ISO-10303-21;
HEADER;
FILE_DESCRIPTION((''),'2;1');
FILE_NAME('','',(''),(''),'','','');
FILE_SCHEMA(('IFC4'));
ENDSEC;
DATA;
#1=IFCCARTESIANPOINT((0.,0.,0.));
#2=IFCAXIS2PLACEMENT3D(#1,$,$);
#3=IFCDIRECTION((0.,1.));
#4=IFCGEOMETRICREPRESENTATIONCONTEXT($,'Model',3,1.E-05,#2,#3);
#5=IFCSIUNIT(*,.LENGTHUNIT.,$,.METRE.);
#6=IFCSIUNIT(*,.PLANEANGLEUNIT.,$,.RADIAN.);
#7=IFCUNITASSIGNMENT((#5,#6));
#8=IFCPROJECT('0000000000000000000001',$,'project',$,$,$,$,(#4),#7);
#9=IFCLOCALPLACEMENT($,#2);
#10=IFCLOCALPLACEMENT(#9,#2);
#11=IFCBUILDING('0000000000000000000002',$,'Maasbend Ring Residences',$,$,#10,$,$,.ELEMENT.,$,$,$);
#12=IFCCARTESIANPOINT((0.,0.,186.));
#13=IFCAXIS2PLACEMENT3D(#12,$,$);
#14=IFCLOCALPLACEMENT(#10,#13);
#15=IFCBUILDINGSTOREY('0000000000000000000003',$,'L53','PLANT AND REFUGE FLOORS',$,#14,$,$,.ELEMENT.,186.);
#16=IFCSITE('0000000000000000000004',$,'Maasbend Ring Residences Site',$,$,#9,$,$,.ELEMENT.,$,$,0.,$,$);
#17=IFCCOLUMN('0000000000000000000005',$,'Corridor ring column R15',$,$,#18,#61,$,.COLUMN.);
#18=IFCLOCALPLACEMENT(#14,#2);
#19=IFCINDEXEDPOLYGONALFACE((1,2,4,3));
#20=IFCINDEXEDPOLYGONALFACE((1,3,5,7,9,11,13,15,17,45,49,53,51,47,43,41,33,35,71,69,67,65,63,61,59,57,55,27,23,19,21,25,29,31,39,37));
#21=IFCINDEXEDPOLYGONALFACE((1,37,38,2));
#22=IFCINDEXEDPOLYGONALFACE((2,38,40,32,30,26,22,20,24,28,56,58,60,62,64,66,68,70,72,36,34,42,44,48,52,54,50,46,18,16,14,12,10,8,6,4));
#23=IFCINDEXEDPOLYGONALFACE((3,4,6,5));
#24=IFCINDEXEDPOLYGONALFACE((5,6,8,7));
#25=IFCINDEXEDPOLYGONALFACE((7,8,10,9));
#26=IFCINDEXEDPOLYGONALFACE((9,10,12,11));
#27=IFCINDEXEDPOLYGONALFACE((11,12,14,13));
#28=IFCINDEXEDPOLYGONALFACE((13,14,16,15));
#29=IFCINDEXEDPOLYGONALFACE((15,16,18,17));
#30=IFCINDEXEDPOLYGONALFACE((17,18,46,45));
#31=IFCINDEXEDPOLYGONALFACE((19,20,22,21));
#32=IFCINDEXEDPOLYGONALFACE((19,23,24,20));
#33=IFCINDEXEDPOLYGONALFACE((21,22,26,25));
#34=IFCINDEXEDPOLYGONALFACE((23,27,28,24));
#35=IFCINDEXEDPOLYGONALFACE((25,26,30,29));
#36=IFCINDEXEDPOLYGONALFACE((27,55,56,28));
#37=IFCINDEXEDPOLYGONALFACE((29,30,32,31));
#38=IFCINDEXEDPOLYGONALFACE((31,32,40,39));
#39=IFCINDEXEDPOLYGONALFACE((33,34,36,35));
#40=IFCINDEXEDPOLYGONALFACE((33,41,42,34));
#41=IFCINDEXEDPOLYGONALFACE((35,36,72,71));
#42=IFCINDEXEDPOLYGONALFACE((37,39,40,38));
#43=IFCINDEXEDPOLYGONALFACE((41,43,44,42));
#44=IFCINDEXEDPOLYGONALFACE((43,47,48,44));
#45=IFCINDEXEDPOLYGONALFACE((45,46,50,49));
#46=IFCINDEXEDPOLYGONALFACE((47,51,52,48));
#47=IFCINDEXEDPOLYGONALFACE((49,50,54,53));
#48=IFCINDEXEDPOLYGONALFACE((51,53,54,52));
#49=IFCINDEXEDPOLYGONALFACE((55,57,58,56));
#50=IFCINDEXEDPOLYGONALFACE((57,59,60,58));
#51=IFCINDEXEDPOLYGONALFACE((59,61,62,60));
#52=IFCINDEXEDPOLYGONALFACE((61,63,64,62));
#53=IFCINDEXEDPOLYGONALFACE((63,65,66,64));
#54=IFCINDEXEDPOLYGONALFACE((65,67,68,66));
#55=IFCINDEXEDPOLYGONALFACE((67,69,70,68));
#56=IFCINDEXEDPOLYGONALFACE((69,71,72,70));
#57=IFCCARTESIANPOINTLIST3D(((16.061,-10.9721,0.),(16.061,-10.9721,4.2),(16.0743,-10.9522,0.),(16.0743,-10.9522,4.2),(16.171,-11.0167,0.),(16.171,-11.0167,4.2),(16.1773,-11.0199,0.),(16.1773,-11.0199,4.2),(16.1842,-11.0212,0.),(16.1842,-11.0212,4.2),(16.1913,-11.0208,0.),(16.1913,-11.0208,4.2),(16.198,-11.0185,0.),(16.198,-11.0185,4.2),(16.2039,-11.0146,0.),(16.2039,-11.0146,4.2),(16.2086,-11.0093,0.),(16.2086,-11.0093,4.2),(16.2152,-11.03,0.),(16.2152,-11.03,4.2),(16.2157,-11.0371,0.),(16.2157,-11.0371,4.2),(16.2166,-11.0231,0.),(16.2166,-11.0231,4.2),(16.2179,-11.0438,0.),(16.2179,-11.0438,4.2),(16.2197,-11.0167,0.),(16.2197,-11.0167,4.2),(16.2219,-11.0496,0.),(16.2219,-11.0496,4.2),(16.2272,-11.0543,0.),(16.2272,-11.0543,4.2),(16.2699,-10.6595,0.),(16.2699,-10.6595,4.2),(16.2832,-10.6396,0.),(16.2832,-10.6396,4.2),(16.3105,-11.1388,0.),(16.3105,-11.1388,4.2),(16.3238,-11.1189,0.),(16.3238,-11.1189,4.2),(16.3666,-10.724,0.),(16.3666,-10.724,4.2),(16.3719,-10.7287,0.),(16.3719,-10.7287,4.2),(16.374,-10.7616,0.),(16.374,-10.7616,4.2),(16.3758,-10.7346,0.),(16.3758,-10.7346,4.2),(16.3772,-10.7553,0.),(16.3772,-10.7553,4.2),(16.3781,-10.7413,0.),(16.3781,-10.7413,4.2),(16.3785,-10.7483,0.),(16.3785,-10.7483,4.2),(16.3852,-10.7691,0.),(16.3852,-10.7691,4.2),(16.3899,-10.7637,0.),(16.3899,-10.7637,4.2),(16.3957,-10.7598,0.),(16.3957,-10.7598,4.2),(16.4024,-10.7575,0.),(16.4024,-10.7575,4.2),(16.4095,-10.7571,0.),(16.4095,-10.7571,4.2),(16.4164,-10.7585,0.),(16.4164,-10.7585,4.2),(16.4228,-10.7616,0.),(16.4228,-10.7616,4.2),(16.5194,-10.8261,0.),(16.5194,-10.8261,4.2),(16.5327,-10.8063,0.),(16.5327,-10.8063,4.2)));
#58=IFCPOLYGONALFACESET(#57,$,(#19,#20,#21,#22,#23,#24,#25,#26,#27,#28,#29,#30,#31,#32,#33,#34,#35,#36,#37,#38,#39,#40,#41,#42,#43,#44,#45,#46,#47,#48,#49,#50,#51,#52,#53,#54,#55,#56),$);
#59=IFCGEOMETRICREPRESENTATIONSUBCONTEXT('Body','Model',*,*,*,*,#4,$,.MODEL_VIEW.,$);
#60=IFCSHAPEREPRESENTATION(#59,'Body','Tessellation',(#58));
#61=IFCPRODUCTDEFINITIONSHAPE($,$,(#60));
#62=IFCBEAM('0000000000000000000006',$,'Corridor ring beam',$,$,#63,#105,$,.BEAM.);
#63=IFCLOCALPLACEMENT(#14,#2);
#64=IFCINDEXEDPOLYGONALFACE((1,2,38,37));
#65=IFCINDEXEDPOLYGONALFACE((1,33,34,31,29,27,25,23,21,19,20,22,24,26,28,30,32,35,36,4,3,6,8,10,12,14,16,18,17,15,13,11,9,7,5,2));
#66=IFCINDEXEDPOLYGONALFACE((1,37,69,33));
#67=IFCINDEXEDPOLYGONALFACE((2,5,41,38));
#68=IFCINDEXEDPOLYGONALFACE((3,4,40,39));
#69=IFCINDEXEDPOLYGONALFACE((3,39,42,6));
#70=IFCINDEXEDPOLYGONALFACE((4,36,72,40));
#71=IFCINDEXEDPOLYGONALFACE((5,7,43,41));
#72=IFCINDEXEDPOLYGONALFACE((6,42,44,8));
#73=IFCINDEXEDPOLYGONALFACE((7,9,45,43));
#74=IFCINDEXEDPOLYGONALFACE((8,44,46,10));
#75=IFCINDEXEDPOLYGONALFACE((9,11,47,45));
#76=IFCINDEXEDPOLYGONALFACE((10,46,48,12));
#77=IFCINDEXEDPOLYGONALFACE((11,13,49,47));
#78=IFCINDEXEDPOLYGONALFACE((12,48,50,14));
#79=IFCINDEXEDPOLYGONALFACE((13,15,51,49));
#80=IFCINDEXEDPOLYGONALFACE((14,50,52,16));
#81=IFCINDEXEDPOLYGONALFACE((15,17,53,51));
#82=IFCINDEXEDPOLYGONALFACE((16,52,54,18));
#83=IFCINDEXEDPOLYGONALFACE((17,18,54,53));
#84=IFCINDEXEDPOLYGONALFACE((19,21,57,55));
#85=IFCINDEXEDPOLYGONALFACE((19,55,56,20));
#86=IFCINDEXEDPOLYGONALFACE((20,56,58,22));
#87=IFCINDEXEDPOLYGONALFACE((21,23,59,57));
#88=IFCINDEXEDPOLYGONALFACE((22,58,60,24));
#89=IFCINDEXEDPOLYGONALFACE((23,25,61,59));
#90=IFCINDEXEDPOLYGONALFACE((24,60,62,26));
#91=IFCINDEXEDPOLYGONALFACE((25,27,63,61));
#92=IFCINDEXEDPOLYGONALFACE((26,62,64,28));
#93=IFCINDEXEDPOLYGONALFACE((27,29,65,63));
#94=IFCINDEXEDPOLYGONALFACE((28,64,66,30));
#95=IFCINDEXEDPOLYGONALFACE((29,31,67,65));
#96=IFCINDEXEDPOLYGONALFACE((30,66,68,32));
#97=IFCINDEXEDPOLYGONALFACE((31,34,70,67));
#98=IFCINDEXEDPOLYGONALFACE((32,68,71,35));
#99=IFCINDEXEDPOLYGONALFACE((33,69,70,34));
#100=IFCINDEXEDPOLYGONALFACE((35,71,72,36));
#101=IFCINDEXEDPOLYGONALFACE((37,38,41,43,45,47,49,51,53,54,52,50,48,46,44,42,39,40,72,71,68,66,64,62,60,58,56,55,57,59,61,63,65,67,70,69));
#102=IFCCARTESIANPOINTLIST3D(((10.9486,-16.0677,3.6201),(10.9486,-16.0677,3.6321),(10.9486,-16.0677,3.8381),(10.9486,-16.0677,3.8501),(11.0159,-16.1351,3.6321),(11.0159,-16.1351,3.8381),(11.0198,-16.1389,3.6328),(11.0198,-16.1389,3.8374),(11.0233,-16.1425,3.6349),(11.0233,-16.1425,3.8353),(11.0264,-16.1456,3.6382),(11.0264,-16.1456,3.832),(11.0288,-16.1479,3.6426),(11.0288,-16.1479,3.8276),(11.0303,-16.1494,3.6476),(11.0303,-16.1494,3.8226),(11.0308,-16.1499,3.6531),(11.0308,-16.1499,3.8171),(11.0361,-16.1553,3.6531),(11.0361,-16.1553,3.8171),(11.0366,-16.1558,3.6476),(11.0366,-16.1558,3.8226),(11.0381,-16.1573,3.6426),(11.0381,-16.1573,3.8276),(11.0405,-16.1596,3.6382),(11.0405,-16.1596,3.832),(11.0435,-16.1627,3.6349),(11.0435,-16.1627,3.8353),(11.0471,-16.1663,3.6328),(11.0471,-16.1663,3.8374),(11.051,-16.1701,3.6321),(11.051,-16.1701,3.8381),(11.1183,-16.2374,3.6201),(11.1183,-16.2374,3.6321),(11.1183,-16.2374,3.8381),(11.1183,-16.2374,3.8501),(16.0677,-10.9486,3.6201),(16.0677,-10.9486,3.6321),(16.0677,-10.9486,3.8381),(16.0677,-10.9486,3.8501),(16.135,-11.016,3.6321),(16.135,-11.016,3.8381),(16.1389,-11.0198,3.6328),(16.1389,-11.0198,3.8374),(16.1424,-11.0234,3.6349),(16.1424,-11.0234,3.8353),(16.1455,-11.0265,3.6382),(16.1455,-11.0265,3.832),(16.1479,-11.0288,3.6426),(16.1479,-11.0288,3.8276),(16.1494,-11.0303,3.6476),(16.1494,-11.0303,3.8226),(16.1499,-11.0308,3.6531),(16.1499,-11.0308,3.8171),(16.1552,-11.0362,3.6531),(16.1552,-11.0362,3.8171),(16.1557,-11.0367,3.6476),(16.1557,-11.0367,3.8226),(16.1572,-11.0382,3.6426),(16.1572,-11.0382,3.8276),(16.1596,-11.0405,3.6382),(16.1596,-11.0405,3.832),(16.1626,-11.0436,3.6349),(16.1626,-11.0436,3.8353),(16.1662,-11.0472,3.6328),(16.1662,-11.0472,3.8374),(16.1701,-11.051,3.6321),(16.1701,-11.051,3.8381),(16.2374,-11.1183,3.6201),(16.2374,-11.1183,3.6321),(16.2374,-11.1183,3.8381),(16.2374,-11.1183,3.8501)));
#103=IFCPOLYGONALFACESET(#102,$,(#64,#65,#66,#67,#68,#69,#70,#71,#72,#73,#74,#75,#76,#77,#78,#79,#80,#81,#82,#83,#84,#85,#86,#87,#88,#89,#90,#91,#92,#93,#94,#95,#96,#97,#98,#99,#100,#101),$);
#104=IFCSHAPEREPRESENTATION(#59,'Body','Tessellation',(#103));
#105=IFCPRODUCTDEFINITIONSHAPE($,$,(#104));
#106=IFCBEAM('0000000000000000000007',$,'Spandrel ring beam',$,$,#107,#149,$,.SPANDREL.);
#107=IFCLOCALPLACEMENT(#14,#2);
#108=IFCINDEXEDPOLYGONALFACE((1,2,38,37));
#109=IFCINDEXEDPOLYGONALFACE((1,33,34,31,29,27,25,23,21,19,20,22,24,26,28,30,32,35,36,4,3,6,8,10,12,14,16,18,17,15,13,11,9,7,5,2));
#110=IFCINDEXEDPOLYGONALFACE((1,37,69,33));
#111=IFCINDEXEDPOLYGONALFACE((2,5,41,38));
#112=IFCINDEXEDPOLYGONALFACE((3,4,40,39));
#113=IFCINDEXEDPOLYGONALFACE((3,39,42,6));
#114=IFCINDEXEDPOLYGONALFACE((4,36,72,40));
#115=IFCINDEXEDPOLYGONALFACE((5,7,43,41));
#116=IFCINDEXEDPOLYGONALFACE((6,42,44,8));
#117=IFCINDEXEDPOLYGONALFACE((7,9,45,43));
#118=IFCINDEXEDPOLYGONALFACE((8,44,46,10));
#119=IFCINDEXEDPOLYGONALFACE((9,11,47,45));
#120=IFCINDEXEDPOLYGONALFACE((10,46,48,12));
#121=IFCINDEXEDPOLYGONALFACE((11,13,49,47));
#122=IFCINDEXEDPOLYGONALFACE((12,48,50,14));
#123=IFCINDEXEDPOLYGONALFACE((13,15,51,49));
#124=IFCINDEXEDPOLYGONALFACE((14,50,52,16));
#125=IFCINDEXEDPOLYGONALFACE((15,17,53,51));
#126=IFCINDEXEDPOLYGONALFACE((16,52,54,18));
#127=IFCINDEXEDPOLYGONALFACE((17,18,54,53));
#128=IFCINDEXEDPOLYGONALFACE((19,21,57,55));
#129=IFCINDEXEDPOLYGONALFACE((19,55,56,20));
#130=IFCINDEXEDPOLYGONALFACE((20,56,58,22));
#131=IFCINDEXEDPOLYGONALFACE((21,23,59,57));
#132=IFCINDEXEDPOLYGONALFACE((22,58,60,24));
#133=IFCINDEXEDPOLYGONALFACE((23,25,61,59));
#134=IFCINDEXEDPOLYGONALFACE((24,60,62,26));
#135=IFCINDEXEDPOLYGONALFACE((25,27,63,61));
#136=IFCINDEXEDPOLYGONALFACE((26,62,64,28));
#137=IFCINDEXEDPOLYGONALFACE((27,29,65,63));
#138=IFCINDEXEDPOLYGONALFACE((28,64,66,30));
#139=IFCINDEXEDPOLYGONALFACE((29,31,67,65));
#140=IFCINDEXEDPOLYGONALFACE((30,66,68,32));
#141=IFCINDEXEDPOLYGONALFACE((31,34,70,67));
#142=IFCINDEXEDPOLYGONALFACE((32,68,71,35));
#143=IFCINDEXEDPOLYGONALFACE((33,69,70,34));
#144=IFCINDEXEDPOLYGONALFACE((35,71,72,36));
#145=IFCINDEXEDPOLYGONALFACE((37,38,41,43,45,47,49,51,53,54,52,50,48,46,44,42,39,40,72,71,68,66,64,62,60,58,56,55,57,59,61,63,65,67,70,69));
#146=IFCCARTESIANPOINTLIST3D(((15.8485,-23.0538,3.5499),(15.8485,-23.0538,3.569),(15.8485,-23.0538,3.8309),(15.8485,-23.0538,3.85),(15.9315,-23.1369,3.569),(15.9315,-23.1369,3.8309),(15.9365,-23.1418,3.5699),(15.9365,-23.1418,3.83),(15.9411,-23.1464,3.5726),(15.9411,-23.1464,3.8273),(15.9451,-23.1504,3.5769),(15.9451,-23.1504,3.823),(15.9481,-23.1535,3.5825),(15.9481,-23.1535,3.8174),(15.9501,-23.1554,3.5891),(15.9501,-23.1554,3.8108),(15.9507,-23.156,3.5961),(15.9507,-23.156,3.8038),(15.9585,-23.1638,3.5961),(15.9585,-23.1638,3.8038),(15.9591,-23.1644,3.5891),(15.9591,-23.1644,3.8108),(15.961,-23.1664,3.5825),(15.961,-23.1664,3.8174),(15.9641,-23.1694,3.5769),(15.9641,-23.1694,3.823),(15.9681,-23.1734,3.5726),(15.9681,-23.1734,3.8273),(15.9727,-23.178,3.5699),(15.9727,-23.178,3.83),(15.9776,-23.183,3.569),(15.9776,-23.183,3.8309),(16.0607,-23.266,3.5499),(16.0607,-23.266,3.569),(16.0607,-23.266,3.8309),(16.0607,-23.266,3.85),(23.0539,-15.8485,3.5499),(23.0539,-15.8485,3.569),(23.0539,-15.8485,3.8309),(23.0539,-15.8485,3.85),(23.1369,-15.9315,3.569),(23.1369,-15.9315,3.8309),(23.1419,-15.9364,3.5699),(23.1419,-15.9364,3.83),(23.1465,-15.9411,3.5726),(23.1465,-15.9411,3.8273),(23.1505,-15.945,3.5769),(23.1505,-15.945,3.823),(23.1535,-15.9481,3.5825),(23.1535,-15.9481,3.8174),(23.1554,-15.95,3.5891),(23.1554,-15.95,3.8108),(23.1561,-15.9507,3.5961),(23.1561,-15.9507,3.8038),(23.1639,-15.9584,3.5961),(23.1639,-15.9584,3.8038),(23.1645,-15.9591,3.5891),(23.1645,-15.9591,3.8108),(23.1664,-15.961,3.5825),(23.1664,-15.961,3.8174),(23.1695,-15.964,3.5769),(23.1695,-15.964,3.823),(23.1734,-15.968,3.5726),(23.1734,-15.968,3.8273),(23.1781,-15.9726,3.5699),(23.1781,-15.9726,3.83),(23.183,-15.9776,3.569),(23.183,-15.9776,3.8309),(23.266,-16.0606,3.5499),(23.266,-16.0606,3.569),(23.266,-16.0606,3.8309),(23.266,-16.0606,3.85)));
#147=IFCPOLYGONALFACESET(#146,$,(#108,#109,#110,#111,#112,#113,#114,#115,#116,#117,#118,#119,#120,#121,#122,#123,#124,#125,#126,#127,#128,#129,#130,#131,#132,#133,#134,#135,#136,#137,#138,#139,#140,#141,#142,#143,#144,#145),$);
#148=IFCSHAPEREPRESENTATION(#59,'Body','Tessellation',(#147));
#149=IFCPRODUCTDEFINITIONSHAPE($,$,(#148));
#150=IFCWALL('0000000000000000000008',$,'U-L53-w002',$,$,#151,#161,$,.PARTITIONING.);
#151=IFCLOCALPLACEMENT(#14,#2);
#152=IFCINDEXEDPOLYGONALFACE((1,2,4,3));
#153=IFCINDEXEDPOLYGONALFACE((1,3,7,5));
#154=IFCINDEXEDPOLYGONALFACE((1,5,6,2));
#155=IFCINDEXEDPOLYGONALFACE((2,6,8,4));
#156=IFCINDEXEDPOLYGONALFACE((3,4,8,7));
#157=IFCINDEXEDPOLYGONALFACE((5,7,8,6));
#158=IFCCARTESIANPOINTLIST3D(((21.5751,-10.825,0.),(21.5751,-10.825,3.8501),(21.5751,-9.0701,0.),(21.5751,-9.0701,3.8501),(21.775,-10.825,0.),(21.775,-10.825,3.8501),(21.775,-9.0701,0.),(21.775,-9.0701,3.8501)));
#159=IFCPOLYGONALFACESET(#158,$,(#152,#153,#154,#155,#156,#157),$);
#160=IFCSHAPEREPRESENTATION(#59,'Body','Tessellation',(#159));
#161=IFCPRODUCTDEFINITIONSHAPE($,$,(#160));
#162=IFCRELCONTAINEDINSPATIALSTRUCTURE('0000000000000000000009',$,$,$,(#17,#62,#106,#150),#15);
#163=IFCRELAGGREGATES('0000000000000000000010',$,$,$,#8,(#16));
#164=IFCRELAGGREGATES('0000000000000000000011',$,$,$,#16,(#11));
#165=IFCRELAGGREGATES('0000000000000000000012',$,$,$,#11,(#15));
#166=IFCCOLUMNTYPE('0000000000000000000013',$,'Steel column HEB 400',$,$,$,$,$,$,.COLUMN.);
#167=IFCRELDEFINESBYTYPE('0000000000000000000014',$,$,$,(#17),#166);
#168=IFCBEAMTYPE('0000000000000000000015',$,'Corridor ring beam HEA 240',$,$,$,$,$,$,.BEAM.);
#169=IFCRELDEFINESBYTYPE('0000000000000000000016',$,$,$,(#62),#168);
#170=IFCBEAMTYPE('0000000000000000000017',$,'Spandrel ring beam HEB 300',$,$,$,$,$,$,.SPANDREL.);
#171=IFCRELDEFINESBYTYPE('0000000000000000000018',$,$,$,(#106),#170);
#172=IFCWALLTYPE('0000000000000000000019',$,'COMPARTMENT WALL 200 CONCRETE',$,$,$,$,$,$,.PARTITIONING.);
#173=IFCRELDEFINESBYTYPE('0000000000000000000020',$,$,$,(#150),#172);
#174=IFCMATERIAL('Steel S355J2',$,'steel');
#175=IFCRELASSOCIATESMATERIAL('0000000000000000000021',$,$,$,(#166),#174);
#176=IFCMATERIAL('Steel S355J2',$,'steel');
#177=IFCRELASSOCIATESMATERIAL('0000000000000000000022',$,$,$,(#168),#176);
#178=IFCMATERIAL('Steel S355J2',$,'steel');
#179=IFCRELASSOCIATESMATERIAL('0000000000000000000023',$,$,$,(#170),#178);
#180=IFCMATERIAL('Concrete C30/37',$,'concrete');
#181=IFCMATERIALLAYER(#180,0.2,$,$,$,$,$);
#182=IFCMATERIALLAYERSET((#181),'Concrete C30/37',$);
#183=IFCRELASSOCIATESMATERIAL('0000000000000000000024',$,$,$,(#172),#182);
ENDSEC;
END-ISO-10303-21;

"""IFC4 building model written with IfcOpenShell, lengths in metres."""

from ifc_helpers import new_model, si_unit, direction, frame, frame_2d, origin, origin_2d, place, context, subcontext, project, spatial, rectangle, i_section, extrude, material, layer, layer_set, material_profile, profile_set, type_object, element, save


model = new_model("IFC4")

# Units and contexts
model_context = context("Model", 3, precision=1e-05, world=origin(), true_north=direction((0.0, 1.0)))
body_context = subcontext(model_context, "Body", "Model", "MODEL_VIEW")
ifc_project = project(units=[si_unit("LENGTHUNIT", "METRE"), si_unit("PLANEANGLEUNIT", "RADIAN")], contexts=[model_context])

# Site, building, storey
site_placement = place(None, origin())
site = spatial("IfcSite", under=ifc_project, at=site_placement, Name="Maasbend Ring Residences Site", CompositionType="ELEMENT", RefElevation=0.0)
building_placement = place(site_placement, origin())
building = spatial("IfcBuilding", under=site, at=building_placement, Name="Maasbend Ring Residences", CompositionType="ELEMENT")
storey_placement = place(building_placement, frame((0.0, 0.0, 186.0)))
storey = spatial("IfcBuildingStorey", under=building, at=storey_placement, Name="L53", Description="PLANT AND REFUGE FLOORS", CompositionType="ELEMENT", Elevation=186.0)

# Column
ifc_material_1 = material(Name="Steel S355J2", Category="steel")
ifc_material_profile_1 = material_profile(ifc_material_1, i_section(OverallWidth=0.3, OverallDepth=0.3999, WebThickness=0.0134, FlangeThickness=0.0239, FilletRadius=0.0271, at=origin_2d()), Name="HEB 400")
ifc_profile_set_1 = profile_set([ifc_material_profile_1], Name="Steel S355J2")
column_type_1 = type_object("IfcColumnType", Name="Steel column HEB 400", PredefinedType="COLUMN", material=ifc_profile_set_1)
for number, where, z_axis, x_axis, name in (
    (1, (16.2969, -10.8892, 0.0), (0.0, 0.0, 1.0), (0.83147, -0.55557, 0.0), "Corridor ring column R15"),
):
    element("IfcColumn", number, at=place(storey_placement, frame(where, z_axis=z_axis, x_axis=x_axis)), inside=storey, type_object=column_type_1, Name=name, PredefinedType="COLUMN", context=body_context, shape_type="SweptSolid", body=[
        extrude(i_section(OverallWidth=0.3, OverallDepth=0.3999, WebThickness=0.0134, FlangeThickness=0.0239, FilletRadius=0.0271, at=origin_2d()), origin(), (0.0, 0.0, 1.0), 4.2),
    ])

# Beams
ifc_material_2 = material(Name="Steel S355J2", Category="steel")
ifc_material_profile_2 = material_profile(ifc_material_2, i_section(OverallWidth=0.24, OverallDepth=0.23, WebThickness=0.0076, FlangeThickness=0.012, FilletRadius=0.021, at=origin_2d()), Name="HEA 240")
ifc_profile_set_2 = profile_set([ifc_material_profile_2], Name="Steel S355J2")
beam_type_1 = type_object("IfcBeamType", Name="Corridor ring beam HEA 240", PredefinedType="BEAM", material=ifc_profile_set_2)
beam_1_placement = place(storey_placement, frame((11.0334, -16.1526, 3.7351), z_axis=(0.707107, 0.707107, 0.0), x_axis=(-0.707107, 0.707107, 0.0)))
element("IfcBeam", 2, at=beam_1_placement, inside=storey, type_object=beam_type_1, Name="Corridor ring beam", PredefinedType="BEAM", context=body_context, shape_type="SweptSolid", body=[
    extrude(i_section(OverallWidth=0.24, OverallDepth=0.23, WebThickness=0.0076, FlangeThickness=0.012, FilletRadius=0.021, at=origin_2d()), origin(), (0.0, 0.0, 1.0), 7.2395),
])
ifc_material_3 = material(Name="Steel S355J2", Category="steel")
ifc_material_profile_3 = material_profile(ifc_material_3, i_section(OverallWidth=0.3, OverallDepth=0.3, WebThickness=0.011, FlangeThickness=0.019, FilletRadius=0.0271, at=origin_2d()), Name="HEB 300")
ifc_profile_set_3 = profile_set([ifc_material_profile_3], Name="Steel S355J2")
beam_type_2 = type_object("IfcBeamType", Name="Spandrel ring beam HEB 300", PredefinedType="SPANDREL", material=ifc_profile_set_3)
beam_2_placement = place(storey_placement, frame((15.9546, -23.1599, 3.7), z_axis=(0.707107, 0.707107, 0.0), x_axis=(-0.707107, 0.707107, 0.0)))
element("IfcBeam", 3, at=beam_2_placement, inside=storey, type_object=beam_type_2, Name="Spandrel ring beam", PredefinedType="SPANDREL", context=body_context, shape_type="SweptSolid", body=[
    extrude(i_section(OverallWidth=0.3, OverallDepth=0.3, WebThickness=0.011, FlangeThickness=0.019, FilletRadius=0.0271, at=origin_2d()), origin(), (0.0, 0.0, 1.0), 10.1899),
])

# Wall
ifc_material_4 = material(Name="Concrete C30/37", Category="concrete")
ifc_layer_1 = layer(ifc_material_4, 0.2)
ifc_layer_set_1 = layer_set([ifc_layer_1], Name="Concrete C30/37")
wall_type_1 = type_object("IfcWallType", Name="COMPARTMENT WALL 200 CONCRETE", PredefinedType="PARTITIONING", material=ifc_layer_set_1)
wall_1_placement = place(storey_placement, frame((21.675, -10.825, 0.0), z_axis=(0.0, 0.0, 1.0), x_axis=(0.0, 1.0, 0.0)))
element("IfcWall", 4, at=wall_1_placement, inside=storey, type_object=wall_type_1, Name="U-L53-w002", PredefinedType="PARTITIONING", context=body_context, shape_type="SweptSolid", body=[
    extrude(rectangle(XDim=1.7549, YDim=0.2, at=frame_2d((0.8774, 0.0))), origin(), (0.0, 0.0, 1.0), 3.8501),
])

save(model, "model.ifc")
